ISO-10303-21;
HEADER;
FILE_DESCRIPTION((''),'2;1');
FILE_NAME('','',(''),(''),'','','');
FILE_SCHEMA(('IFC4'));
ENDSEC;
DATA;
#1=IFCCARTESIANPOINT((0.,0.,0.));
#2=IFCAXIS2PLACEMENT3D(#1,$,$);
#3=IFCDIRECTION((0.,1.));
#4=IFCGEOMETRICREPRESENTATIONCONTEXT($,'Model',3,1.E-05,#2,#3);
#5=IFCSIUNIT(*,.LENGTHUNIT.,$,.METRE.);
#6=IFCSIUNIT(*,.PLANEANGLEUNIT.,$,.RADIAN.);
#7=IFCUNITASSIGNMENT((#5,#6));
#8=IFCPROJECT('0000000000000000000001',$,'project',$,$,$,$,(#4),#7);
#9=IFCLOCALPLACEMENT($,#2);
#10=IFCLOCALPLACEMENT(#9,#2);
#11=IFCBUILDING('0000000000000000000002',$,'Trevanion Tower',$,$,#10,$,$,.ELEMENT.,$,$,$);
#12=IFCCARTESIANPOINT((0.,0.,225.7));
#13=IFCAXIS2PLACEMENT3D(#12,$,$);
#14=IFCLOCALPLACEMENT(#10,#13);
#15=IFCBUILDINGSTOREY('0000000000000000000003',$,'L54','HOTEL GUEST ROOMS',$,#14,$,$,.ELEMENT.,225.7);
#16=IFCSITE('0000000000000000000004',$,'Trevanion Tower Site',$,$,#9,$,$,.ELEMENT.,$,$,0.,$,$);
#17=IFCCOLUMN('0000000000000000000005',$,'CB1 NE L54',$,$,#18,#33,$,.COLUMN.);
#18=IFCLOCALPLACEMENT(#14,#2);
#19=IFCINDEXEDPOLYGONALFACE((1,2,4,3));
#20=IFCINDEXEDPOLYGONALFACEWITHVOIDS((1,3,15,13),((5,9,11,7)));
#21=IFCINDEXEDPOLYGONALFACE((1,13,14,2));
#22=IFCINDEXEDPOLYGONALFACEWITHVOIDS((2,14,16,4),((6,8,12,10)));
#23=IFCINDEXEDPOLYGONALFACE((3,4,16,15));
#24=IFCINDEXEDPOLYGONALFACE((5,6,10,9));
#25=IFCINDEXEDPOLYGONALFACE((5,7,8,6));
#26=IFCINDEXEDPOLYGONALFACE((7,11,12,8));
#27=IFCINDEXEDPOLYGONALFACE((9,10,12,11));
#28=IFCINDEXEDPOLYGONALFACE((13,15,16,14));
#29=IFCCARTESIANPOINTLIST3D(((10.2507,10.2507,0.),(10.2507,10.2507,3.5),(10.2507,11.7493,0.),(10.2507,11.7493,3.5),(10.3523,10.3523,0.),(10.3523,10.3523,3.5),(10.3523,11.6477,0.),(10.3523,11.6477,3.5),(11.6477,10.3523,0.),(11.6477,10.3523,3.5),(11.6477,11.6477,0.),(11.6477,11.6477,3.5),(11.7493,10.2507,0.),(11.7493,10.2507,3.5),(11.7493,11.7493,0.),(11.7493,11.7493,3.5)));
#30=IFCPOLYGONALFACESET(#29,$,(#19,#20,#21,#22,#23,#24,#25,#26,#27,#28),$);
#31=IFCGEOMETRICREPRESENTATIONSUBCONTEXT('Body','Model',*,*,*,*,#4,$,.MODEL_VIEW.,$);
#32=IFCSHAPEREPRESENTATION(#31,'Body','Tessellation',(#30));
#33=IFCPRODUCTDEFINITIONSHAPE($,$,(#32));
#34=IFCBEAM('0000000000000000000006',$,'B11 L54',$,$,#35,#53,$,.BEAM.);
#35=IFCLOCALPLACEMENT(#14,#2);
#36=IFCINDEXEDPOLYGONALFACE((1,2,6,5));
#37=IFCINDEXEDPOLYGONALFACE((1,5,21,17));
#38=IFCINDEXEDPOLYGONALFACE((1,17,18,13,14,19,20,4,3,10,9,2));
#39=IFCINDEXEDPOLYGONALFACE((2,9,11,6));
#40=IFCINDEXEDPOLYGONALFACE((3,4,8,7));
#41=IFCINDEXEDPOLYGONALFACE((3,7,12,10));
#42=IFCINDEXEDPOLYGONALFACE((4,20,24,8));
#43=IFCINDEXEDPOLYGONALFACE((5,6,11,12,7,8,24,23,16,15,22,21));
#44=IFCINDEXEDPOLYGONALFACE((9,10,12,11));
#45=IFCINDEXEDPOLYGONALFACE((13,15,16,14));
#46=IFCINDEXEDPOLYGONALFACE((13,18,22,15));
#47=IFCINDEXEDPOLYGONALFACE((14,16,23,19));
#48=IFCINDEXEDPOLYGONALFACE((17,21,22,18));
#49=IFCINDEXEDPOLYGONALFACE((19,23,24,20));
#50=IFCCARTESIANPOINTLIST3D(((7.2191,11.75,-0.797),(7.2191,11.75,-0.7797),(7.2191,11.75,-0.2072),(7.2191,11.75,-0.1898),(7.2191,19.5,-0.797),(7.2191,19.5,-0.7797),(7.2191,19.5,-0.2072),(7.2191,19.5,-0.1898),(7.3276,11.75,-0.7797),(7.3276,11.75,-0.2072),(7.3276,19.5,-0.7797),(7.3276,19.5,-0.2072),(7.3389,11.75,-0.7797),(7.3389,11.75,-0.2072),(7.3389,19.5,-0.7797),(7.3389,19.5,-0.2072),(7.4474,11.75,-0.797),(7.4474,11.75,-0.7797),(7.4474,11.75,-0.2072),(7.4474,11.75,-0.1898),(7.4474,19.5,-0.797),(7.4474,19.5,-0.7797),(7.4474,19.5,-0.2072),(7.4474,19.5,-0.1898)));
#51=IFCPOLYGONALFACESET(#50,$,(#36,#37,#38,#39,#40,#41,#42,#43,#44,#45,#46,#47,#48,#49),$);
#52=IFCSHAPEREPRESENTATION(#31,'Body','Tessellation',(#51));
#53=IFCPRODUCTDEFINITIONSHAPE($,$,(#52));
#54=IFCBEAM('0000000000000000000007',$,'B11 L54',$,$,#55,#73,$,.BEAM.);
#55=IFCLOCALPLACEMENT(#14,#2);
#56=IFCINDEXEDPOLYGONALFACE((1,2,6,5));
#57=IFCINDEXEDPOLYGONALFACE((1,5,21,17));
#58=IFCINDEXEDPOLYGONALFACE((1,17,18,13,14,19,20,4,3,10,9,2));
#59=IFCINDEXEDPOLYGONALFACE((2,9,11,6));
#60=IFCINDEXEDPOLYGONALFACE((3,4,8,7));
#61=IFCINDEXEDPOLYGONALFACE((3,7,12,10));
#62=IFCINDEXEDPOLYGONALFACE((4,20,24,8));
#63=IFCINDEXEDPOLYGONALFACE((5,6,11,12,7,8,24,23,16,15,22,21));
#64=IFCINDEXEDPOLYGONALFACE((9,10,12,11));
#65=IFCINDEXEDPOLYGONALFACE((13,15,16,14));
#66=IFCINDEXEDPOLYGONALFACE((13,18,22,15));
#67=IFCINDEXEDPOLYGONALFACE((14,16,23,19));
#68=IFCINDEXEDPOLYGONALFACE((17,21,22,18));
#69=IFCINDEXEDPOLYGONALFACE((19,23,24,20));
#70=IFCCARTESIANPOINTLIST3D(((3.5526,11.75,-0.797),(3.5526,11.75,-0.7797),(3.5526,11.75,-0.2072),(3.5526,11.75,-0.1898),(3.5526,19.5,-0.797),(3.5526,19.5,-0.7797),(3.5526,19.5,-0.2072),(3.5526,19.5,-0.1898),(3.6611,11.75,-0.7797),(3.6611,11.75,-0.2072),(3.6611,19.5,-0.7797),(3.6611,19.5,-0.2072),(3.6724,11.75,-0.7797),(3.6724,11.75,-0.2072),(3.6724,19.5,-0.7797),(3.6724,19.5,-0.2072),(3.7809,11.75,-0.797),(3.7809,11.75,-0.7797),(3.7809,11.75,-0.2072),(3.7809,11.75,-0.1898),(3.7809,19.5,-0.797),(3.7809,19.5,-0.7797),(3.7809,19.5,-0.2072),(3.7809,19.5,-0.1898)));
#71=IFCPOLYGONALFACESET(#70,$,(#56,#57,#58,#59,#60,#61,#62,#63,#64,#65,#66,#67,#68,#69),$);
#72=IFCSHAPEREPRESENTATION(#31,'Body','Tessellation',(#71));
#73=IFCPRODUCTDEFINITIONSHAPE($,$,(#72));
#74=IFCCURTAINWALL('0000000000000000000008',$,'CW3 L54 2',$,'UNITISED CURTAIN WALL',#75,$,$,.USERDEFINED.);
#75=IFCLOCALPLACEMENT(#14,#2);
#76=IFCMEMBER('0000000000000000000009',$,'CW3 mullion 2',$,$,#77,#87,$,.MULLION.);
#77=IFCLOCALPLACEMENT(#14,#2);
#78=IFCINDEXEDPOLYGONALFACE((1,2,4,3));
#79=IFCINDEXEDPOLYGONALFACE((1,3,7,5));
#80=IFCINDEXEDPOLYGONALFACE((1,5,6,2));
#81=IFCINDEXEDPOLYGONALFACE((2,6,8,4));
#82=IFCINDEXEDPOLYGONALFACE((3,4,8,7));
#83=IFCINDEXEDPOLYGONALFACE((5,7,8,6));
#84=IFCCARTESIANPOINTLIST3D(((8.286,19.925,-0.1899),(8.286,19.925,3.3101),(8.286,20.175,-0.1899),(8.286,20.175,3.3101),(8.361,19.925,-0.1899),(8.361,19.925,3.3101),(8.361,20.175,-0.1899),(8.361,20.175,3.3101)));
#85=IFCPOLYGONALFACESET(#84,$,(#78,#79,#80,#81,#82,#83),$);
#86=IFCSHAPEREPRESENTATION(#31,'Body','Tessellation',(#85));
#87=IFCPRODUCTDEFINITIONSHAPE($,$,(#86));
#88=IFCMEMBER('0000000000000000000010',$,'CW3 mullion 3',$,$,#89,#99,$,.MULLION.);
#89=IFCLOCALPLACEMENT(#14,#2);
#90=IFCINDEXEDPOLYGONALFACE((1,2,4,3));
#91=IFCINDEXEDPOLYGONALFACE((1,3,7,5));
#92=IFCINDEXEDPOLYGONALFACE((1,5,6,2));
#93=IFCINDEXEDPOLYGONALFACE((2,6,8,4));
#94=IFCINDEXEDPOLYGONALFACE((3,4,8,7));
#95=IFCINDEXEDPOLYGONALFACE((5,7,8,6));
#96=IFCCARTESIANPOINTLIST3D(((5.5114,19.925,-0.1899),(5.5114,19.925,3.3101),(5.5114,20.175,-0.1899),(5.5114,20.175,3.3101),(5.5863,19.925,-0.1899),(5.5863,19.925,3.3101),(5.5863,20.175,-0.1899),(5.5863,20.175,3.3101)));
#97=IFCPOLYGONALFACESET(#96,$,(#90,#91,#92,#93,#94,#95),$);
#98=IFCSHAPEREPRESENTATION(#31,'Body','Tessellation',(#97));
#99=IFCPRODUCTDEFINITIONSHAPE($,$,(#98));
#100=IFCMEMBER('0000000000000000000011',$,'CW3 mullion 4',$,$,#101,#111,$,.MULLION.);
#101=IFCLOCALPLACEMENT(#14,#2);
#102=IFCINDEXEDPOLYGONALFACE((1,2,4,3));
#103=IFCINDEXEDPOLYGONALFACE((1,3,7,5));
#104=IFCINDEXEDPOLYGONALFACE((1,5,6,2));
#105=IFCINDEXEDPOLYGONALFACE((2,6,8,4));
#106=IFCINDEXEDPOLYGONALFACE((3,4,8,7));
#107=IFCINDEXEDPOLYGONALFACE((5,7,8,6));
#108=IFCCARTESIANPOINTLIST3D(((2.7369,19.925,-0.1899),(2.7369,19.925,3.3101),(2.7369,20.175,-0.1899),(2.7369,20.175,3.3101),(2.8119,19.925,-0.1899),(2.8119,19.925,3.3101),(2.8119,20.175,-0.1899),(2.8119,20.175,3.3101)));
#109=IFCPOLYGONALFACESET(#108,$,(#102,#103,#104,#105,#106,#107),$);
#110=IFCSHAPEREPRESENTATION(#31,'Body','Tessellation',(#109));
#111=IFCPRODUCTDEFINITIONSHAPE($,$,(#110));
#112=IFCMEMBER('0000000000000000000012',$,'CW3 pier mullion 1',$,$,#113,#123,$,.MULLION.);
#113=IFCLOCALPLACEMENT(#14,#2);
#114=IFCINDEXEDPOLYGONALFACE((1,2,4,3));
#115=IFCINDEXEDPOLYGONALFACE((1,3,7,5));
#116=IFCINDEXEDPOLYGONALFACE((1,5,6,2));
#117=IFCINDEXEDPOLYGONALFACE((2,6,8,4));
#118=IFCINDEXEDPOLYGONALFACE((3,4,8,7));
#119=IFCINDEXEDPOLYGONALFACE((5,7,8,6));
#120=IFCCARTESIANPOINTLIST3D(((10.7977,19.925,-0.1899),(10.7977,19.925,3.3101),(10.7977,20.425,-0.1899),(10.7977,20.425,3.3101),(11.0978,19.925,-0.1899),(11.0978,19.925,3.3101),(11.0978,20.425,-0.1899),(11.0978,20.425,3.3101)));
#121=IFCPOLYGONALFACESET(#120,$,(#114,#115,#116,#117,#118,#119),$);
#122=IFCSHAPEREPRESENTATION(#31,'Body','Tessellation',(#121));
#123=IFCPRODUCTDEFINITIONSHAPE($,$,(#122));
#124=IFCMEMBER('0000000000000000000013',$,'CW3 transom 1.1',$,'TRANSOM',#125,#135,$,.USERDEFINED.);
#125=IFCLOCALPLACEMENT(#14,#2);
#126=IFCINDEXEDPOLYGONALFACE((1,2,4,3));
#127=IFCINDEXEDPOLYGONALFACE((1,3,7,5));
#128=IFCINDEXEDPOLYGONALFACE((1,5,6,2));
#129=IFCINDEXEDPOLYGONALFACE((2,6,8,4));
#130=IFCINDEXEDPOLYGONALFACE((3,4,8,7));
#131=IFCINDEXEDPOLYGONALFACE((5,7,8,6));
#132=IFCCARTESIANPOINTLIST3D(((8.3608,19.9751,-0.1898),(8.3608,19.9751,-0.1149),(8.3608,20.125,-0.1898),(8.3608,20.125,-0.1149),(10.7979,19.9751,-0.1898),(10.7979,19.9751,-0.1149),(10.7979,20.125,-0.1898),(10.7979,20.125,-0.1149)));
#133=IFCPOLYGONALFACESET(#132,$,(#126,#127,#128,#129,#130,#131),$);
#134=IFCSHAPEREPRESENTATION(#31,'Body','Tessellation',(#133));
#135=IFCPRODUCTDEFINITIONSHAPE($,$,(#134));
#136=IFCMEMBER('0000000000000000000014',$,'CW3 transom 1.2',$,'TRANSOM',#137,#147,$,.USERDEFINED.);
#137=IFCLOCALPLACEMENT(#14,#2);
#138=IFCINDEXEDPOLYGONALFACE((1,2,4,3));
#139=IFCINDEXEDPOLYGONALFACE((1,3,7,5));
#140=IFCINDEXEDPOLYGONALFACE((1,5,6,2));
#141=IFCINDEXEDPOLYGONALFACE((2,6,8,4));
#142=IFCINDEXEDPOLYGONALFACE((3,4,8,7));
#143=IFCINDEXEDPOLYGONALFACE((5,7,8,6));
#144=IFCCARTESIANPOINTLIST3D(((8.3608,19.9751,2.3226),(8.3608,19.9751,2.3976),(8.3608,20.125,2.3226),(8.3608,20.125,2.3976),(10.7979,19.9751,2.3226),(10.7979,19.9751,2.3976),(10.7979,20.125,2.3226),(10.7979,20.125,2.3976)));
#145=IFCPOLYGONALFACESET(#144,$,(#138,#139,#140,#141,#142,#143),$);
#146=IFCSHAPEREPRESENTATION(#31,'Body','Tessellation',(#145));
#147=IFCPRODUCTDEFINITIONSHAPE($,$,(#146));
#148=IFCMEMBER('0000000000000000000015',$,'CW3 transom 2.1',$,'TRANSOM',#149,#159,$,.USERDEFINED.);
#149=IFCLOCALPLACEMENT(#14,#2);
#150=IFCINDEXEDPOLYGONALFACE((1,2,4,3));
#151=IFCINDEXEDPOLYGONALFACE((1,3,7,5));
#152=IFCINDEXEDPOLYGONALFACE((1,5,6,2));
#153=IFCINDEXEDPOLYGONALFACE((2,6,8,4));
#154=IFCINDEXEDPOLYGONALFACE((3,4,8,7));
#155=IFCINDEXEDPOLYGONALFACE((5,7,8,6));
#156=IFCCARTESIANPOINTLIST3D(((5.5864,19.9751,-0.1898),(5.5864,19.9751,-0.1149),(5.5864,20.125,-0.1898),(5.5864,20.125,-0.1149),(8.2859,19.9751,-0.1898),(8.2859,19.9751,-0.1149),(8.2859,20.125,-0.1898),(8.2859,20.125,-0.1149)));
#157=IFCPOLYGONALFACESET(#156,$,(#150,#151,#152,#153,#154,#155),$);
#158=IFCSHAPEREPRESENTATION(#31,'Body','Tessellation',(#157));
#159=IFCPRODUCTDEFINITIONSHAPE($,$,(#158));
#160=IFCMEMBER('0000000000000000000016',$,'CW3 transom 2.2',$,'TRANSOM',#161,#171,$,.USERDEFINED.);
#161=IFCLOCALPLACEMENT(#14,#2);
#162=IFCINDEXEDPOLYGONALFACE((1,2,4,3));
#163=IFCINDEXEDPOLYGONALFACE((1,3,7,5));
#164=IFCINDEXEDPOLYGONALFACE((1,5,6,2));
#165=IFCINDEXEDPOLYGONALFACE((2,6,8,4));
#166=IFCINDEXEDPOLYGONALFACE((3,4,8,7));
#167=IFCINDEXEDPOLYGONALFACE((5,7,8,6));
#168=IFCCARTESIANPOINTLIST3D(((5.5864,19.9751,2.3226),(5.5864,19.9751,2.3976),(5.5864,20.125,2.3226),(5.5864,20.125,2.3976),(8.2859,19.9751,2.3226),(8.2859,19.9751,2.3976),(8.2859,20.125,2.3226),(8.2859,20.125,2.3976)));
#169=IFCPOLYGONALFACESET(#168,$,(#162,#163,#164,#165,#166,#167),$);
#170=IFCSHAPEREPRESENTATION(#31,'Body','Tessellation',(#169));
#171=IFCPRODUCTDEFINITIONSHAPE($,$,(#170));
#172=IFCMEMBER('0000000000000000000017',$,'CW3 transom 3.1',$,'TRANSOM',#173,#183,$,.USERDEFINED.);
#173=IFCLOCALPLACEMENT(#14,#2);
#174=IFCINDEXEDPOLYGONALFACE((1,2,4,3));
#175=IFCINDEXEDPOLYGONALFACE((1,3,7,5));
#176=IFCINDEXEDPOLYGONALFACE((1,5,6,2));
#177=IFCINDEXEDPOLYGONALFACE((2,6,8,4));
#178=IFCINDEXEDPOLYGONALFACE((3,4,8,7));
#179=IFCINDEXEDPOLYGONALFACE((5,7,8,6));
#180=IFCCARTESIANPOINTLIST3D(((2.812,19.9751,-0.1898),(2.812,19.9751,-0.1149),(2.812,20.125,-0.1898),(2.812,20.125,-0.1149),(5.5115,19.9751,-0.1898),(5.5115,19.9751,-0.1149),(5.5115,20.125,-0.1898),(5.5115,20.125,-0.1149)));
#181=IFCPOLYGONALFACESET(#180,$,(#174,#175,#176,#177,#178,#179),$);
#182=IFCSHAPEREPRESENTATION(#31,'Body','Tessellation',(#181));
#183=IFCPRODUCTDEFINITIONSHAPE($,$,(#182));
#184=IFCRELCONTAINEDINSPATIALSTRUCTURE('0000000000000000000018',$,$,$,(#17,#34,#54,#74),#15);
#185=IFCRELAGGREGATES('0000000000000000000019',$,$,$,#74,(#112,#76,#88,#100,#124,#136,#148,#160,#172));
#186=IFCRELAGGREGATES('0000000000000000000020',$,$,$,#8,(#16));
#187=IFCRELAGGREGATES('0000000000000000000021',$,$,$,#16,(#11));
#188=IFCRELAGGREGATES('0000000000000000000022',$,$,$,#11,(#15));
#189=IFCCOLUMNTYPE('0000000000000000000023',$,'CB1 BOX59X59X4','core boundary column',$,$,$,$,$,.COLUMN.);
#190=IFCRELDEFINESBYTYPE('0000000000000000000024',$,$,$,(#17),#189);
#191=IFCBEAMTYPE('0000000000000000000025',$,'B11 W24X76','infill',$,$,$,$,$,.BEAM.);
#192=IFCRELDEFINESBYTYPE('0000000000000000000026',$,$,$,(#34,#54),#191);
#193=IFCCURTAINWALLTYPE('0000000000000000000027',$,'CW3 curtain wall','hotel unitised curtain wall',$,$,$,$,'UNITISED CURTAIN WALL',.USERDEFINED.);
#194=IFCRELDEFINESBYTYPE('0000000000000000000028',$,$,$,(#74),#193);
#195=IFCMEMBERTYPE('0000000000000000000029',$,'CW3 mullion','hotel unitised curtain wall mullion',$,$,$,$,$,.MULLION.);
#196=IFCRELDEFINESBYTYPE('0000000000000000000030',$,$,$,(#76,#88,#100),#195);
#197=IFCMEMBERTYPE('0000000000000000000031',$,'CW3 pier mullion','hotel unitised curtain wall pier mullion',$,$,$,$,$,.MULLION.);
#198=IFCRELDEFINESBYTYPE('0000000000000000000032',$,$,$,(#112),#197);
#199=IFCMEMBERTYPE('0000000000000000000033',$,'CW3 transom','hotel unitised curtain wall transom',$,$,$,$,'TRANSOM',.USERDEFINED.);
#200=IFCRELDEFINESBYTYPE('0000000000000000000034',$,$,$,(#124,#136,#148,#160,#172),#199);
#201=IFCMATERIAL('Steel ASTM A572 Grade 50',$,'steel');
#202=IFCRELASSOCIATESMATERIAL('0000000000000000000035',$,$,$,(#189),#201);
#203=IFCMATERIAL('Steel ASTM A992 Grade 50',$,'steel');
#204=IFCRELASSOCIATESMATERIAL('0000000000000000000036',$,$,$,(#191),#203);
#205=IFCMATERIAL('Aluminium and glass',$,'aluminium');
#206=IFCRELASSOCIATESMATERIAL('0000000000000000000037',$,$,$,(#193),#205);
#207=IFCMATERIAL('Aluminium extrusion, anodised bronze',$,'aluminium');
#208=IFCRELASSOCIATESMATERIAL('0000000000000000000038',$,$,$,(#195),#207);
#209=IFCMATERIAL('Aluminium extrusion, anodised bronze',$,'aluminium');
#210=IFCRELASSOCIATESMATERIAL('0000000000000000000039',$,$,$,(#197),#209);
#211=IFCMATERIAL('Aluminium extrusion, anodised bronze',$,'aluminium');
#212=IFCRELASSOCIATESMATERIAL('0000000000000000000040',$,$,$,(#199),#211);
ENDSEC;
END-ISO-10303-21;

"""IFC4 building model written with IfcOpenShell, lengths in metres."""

from ifc_helpers import new_model, si_unit, direction, frame, origin, origin_2d, place, context, subcontext, project, spatial, rectangle, hollow_rectangle, i_section, extrude, material, material_profile, profile_set, type_object, element, aggregate, save


model = new_model("IFC4")

# Units and contexts
model_context = context("Model", 3, precision=1e-05, world=origin(), true_north=direction((0.0, 1.0)))
body_context = subcontext(model_context, "Body", "Model", "MODEL_VIEW")
ifc_project = project(units=[si_unit("LENGTHUNIT", "METRE"), si_unit("PLANEANGLEUNIT", "RADIAN")], contexts=[model_context])

# Site, building, storey
site_placement = place(None, origin())
site = spatial("IfcSite", under=ifc_project, at=site_placement, Name="Trevanion Tower Site", CompositionType="ELEMENT", RefElevation=0.0)
building_placement = place(site_placement, origin())
building = spatial("IfcBuilding", under=site, at=building_placement, Name="Trevanion Tower", CompositionType="ELEMENT")
storey_placement = place(building_placement, frame((0.0, 0.0, 225.7)))
storey = spatial("IfcBuildingStorey", under=building, at=storey_placement, Name="L54", Description="HOTEL GUEST ROOMS", CompositionType="ELEMENT", Elevation=225.7)

# Column
ifc_material_1 = material(Name="Steel ASTM A572 Grade 50", Category="steel")
ifc_material_profile_1 = material_profile(ifc_material_1, hollow_rectangle(XDim=1.4985, YDim=1.4985, WallThickness=0.1016, at=origin_2d()), Name="BOX59X59X4")
ifc_profile_set_1 = profile_set([ifc_material_profile_1], Name="Steel ASTM A572 Grade 50")
column_type = type_object("IfcColumnType", Name="CB1 BOX59X59X4", Description="core boundary column", PredefinedType="COLUMN", material=ifc_profile_set_1)
column_placement = place(storey_placement, frame((11.0, 11.0, 0.0), z_axis=(0.0, 0.0, 1.0), x_axis=(1.0, 0.0, 0.0)))
element("IfcColumn", 1, at=column_placement, inside=storey, type_object=column_type, Name="CB1 NE L54", PredefinedType="COLUMN", context=body_context, shape_type="SweptSolid", body=[
    extrude(hollow_rectangle(XDim=1.4985, YDim=1.4985, WallThickness=0.1016, at=origin_2d()), origin(), (0.0, 0.0, 1.0), 3.5),
])

# Beams
ifc_material_2 = material(Name="Steel ASTM A992 Grade 50", Category="steel")
ifc_material_profile_2 = material_profile(ifc_material_2, i_section(OverallWidth=0.2283, OverallDepth=0.6072, WebThickness=0.0112, FlangeThickness=0.0173, at=origin_2d()), Name="W24X76")
ifc_profile_set_2 = profile_set([ifc_material_profile_2], Name="Steel ASTM A992 Grade 50")
beam_type_1 = type_object("IfcBeamType", Name="B11 W24X76", Description="infill", PredefinedType="BEAM", material=ifc_profile_set_2)
for number, where, z_axis, x_axis, name in (
    (2, (7.3333, 11.75, -0.4934), (0.0, 1.0, 0.0), (-1.0, 0.0, 0.0), "B11 L54"),
    (3, (3.6667, 11.75, -0.4934), (0.0, 1.0, 0.0), (-1.0, 0.0, 0.0), "B11 L54"),
):
    element("IfcBeam", number, at=place(storey_placement, frame(where, z_axis=z_axis, x_axis=x_axis)), inside=storey, type_object=beam_type_1, Name=name, PredefinedType="BEAM", context=body_context, shape_type="SweptSolid", body=[
        extrude(i_section(OverallWidth=0.2283, OverallDepth=0.6072, WebThickness=0.0112, FlangeThickness=0.0173, at=origin_2d()), origin(), (0.0, 0.0, 1.0), 7.75),
    ])

# Curtain wall, members
ifc_material_3 = material(Name="Aluminium and glass", Category="aluminium")
curtain_wall_type = type_object("IfcCurtainWallType", Name="CW3 curtain wall", Description="hotel unitised curtain wall", ElementType="UNITISED CURTAIN WALL", PredefinedType="USERDEFINED", material=ifc_material_3)
curtain_wall_placement = place(storey_placement, origin())
curtain_wall = element("IfcCurtainWall", 4, at=curtain_wall_placement, inside=storey, type_object=curtain_wall_type, Name="CW3 L54 2", ObjectType="UNITISED CURTAIN WALL", PredefinedType="USERDEFINED")
ifc_material_4 = material(Name="Aluminium extrusion, anodised bronze", Category="aluminium")
ifc_material_profile_3 = material_profile(ifc_material_4, rectangle(XDim=0.075, YDim=0.25, at=origin_2d()), Name="CW3 mullion")
ifc_profile_set_3 = profile_set([ifc_material_profile_3], Name="Aluminium extrusion, anodised bronze")
member_type_1 = type_object("IfcMemberType", Name="CW3 mullion", Description="hotel unitised curtain wall mullion", PredefinedType="MULLION", material=ifc_profile_set_3)
member_1_placement = place(storey_placement, frame((8.3235, 20.05, -0.1899), z_axis=(0.0, 0.0, 1.0), x_axis=(-1.0, 0.0, 0.0)))
member_1 = element("IfcMember", 5, at=member_1_placement, type_object=member_type_1, Name="CW3 mullion 2", PredefinedType="MULLION", context=body_context, shape_type="SweptSolid", body=[
    extrude(rectangle(XDim=0.075, YDim=0.25, at=origin_2d()), origin(), (0.0, 0.0, 1.0), 3.5),
])
member_2_placement = place(storey_placement, frame((5.5488, 20.05, -0.1899), z_axis=(0.0, 0.0, 1.0), x_axis=(-1.0, 0.0, 0.0)))
member_2 = element("IfcMember", 6, at=member_2_placement, type_object=member_type_1, Name="CW3 mullion 3", PredefinedType="MULLION", context=body_context, shape_type="SweptSolid", body=[
    extrude(rectangle(XDim=0.075, YDim=0.25, at=origin_2d()), origin(), (0.0, 0.0, 1.0), 3.5),
])
member_3_placement = place(storey_placement, frame((2.7744, 20.05, -0.1899), z_axis=(0.0, 0.0, 1.0), x_axis=(-1.0, 0.0, 0.0)))
member_3 = element("IfcMember", 7, at=member_3_placement, type_object=member_type_1, Name="CW3 mullion 4", PredefinedType="MULLION", context=body_context, shape_type="SweptSolid", body=[
    extrude(rectangle(XDim=0.075, YDim=0.25, at=origin_2d()), origin(), (0.0, 0.0, 1.0), 3.5),
])
ifc_material_5 = material(Name="Aluminium extrusion, anodised bronze", Category="aluminium")
ifc_material_profile_4 = material_profile(ifc_material_5, rectangle(XDim=0.3, YDim=0.5, at=origin_2d()), Name="CW3 pier mullion")
ifc_profile_set_4 = profile_set([ifc_material_profile_4], Name="Aluminium extrusion, anodised bronze")
member_type_2 = type_object("IfcMemberType", Name="CW3 pier mullion", Description="hotel unitised curtain wall pier mullion", PredefinedType="MULLION", material=ifc_profile_set_4)
member_4_placement = place(storey_placement, frame((10.9478, 20.175, -0.1899), z_axis=(0.0, 0.0, 1.0), x_axis=(-1.0, 0.0, 0.0)))
member_4 = element("IfcMember", 8, at=member_4_placement, type_object=member_type_2, Name="CW3 pier mullion 1", PredefinedType="MULLION", context=body_context, shape_type="SweptSolid", body=[
    extrude(rectangle(XDim=0.3, YDim=0.5, at=origin_2d()), origin(), (0.0, 0.0, 1.0), 3.5),
])
ifc_material_6 = material(Name="Aluminium extrusion, anodised bronze", Category="aluminium")
ifc_material_profile_5 = material_profile(ifc_material_6, rectangle(XDim=0.1499, YDim=0.075, at=origin_2d()), Name="CW3 transom")
ifc_profile_set_5 = profile_set([ifc_material_profile_5], Name="Aluminium extrusion, anodised bronze")
member_type_3 = type_object("IfcMemberType", Name="CW3 transom", Description="hotel unitised curtain wall transom", ElementType="TRANSOM", PredefinedType="USERDEFINED", material=ifc_profile_set_5)
member_5_placement = place(storey_placement, frame((10.7979, 20.05, -0.1523), z_axis=(-1.0, 0.0, 0.0), x_axis=(0.0, -1.0, 0.0)))
member_5 = element("IfcMember", 9, at=member_5_placement, type_object=member_type_3, Name="CW3 transom 1.1", ObjectType="TRANSOM", PredefinedType="USERDEFINED", context=body_context, shape_type="SweptSolid", body=[
    extrude(rectangle(XDim=0.1499, YDim=0.075, at=origin_2d()), origin(), (0.0, 0.0, 1.0), 2.437),
])
member_6_placement = place(storey_placement, frame((10.7979, 20.05, 2.3601), z_axis=(-1.0, 0.0, 0.0), x_axis=(0.0, -1.0, 0.0)))
member_6 = element("IfcMember", 10, at=member_6_placement, type_object=member_type_3, Name="CW3 transom 1.2", ObjectType="TRANSOM", PredefinedType="USERDEFINED", context=body_context, shape_type="SweptSolid", body=[
    extrude(rectangle(XDim=0.1499, YDim=0.075, at=origin_2d()), origin(), (0.0, 0.0, 1.0), 2.437),
])
member_7_placement = place(storey_placement, frame((8.2859, 20.05, -0.1523), z_axis=(-1.0, 0.0, 0.0), x_axis=(0.0, -1.0, 0.0)))
member_7 = element("IfcMember", 11, at=member_7_placement, type_object=member_type_3, Name="CW3 transom 2.1", ObjectType="TRANSOM", PredefinedType="USERDEFINED", context=body_context, shape_type="SweptSolid", body=[
    extrude(rectangle(XDim=0.1499, YDim=0.075, at=origin_2d()), origin(), (0.0, 0.0, 1.0), 2.6995),
])
member_8_placement = place(storey_placement, frame((8.2859, 20.05, 2.3601), z_axis=(-1.0, 0.0, 0.0), x_axis=(0.0, -1.0, 0.0)))
member_8 = element("IfcMember", 12, at=member_8_placement, type_object=member_type_3, Name="CW3 transom 2.2", ObjectType="TRANSOM", PredefinedType="USERDEFINED", context=body_context, shape_type="SweptSolid", body=[
    extrude(rectangle(XDim=0.1499, YDim=0.075, at=origin_2d()), origin(), (0.0, 0.0, 1.0), 2.6995),
])
member_9_placement = place(storey_placement, frame((5.5115, 20.05, -0.1523), z_axis=(-1.0, 0.0, 0.0), x_axis=(0.0, -1.0, 0.0)))
member_9 = element("IfcMember", 13, at=member_9_placement, type_object=member_type_3, Name="CW3 transom 3.1", ObjectType="TRANSOM", PredefinedType="USERDEFINED", context=body_context, shape_type="SweptSolid", body=[
    extrude(rectangle(XDim=0.1499, YDim=0.075, at=origin_2d()), origin(), (0.0, 0.0, 1.0), 2.6995),
])

aggregate(curtain_wall, [member_4, member_1, member_2, member_3, member_5, member_6, member_7, member_8, member_9])

save(model, "model.ifc")
